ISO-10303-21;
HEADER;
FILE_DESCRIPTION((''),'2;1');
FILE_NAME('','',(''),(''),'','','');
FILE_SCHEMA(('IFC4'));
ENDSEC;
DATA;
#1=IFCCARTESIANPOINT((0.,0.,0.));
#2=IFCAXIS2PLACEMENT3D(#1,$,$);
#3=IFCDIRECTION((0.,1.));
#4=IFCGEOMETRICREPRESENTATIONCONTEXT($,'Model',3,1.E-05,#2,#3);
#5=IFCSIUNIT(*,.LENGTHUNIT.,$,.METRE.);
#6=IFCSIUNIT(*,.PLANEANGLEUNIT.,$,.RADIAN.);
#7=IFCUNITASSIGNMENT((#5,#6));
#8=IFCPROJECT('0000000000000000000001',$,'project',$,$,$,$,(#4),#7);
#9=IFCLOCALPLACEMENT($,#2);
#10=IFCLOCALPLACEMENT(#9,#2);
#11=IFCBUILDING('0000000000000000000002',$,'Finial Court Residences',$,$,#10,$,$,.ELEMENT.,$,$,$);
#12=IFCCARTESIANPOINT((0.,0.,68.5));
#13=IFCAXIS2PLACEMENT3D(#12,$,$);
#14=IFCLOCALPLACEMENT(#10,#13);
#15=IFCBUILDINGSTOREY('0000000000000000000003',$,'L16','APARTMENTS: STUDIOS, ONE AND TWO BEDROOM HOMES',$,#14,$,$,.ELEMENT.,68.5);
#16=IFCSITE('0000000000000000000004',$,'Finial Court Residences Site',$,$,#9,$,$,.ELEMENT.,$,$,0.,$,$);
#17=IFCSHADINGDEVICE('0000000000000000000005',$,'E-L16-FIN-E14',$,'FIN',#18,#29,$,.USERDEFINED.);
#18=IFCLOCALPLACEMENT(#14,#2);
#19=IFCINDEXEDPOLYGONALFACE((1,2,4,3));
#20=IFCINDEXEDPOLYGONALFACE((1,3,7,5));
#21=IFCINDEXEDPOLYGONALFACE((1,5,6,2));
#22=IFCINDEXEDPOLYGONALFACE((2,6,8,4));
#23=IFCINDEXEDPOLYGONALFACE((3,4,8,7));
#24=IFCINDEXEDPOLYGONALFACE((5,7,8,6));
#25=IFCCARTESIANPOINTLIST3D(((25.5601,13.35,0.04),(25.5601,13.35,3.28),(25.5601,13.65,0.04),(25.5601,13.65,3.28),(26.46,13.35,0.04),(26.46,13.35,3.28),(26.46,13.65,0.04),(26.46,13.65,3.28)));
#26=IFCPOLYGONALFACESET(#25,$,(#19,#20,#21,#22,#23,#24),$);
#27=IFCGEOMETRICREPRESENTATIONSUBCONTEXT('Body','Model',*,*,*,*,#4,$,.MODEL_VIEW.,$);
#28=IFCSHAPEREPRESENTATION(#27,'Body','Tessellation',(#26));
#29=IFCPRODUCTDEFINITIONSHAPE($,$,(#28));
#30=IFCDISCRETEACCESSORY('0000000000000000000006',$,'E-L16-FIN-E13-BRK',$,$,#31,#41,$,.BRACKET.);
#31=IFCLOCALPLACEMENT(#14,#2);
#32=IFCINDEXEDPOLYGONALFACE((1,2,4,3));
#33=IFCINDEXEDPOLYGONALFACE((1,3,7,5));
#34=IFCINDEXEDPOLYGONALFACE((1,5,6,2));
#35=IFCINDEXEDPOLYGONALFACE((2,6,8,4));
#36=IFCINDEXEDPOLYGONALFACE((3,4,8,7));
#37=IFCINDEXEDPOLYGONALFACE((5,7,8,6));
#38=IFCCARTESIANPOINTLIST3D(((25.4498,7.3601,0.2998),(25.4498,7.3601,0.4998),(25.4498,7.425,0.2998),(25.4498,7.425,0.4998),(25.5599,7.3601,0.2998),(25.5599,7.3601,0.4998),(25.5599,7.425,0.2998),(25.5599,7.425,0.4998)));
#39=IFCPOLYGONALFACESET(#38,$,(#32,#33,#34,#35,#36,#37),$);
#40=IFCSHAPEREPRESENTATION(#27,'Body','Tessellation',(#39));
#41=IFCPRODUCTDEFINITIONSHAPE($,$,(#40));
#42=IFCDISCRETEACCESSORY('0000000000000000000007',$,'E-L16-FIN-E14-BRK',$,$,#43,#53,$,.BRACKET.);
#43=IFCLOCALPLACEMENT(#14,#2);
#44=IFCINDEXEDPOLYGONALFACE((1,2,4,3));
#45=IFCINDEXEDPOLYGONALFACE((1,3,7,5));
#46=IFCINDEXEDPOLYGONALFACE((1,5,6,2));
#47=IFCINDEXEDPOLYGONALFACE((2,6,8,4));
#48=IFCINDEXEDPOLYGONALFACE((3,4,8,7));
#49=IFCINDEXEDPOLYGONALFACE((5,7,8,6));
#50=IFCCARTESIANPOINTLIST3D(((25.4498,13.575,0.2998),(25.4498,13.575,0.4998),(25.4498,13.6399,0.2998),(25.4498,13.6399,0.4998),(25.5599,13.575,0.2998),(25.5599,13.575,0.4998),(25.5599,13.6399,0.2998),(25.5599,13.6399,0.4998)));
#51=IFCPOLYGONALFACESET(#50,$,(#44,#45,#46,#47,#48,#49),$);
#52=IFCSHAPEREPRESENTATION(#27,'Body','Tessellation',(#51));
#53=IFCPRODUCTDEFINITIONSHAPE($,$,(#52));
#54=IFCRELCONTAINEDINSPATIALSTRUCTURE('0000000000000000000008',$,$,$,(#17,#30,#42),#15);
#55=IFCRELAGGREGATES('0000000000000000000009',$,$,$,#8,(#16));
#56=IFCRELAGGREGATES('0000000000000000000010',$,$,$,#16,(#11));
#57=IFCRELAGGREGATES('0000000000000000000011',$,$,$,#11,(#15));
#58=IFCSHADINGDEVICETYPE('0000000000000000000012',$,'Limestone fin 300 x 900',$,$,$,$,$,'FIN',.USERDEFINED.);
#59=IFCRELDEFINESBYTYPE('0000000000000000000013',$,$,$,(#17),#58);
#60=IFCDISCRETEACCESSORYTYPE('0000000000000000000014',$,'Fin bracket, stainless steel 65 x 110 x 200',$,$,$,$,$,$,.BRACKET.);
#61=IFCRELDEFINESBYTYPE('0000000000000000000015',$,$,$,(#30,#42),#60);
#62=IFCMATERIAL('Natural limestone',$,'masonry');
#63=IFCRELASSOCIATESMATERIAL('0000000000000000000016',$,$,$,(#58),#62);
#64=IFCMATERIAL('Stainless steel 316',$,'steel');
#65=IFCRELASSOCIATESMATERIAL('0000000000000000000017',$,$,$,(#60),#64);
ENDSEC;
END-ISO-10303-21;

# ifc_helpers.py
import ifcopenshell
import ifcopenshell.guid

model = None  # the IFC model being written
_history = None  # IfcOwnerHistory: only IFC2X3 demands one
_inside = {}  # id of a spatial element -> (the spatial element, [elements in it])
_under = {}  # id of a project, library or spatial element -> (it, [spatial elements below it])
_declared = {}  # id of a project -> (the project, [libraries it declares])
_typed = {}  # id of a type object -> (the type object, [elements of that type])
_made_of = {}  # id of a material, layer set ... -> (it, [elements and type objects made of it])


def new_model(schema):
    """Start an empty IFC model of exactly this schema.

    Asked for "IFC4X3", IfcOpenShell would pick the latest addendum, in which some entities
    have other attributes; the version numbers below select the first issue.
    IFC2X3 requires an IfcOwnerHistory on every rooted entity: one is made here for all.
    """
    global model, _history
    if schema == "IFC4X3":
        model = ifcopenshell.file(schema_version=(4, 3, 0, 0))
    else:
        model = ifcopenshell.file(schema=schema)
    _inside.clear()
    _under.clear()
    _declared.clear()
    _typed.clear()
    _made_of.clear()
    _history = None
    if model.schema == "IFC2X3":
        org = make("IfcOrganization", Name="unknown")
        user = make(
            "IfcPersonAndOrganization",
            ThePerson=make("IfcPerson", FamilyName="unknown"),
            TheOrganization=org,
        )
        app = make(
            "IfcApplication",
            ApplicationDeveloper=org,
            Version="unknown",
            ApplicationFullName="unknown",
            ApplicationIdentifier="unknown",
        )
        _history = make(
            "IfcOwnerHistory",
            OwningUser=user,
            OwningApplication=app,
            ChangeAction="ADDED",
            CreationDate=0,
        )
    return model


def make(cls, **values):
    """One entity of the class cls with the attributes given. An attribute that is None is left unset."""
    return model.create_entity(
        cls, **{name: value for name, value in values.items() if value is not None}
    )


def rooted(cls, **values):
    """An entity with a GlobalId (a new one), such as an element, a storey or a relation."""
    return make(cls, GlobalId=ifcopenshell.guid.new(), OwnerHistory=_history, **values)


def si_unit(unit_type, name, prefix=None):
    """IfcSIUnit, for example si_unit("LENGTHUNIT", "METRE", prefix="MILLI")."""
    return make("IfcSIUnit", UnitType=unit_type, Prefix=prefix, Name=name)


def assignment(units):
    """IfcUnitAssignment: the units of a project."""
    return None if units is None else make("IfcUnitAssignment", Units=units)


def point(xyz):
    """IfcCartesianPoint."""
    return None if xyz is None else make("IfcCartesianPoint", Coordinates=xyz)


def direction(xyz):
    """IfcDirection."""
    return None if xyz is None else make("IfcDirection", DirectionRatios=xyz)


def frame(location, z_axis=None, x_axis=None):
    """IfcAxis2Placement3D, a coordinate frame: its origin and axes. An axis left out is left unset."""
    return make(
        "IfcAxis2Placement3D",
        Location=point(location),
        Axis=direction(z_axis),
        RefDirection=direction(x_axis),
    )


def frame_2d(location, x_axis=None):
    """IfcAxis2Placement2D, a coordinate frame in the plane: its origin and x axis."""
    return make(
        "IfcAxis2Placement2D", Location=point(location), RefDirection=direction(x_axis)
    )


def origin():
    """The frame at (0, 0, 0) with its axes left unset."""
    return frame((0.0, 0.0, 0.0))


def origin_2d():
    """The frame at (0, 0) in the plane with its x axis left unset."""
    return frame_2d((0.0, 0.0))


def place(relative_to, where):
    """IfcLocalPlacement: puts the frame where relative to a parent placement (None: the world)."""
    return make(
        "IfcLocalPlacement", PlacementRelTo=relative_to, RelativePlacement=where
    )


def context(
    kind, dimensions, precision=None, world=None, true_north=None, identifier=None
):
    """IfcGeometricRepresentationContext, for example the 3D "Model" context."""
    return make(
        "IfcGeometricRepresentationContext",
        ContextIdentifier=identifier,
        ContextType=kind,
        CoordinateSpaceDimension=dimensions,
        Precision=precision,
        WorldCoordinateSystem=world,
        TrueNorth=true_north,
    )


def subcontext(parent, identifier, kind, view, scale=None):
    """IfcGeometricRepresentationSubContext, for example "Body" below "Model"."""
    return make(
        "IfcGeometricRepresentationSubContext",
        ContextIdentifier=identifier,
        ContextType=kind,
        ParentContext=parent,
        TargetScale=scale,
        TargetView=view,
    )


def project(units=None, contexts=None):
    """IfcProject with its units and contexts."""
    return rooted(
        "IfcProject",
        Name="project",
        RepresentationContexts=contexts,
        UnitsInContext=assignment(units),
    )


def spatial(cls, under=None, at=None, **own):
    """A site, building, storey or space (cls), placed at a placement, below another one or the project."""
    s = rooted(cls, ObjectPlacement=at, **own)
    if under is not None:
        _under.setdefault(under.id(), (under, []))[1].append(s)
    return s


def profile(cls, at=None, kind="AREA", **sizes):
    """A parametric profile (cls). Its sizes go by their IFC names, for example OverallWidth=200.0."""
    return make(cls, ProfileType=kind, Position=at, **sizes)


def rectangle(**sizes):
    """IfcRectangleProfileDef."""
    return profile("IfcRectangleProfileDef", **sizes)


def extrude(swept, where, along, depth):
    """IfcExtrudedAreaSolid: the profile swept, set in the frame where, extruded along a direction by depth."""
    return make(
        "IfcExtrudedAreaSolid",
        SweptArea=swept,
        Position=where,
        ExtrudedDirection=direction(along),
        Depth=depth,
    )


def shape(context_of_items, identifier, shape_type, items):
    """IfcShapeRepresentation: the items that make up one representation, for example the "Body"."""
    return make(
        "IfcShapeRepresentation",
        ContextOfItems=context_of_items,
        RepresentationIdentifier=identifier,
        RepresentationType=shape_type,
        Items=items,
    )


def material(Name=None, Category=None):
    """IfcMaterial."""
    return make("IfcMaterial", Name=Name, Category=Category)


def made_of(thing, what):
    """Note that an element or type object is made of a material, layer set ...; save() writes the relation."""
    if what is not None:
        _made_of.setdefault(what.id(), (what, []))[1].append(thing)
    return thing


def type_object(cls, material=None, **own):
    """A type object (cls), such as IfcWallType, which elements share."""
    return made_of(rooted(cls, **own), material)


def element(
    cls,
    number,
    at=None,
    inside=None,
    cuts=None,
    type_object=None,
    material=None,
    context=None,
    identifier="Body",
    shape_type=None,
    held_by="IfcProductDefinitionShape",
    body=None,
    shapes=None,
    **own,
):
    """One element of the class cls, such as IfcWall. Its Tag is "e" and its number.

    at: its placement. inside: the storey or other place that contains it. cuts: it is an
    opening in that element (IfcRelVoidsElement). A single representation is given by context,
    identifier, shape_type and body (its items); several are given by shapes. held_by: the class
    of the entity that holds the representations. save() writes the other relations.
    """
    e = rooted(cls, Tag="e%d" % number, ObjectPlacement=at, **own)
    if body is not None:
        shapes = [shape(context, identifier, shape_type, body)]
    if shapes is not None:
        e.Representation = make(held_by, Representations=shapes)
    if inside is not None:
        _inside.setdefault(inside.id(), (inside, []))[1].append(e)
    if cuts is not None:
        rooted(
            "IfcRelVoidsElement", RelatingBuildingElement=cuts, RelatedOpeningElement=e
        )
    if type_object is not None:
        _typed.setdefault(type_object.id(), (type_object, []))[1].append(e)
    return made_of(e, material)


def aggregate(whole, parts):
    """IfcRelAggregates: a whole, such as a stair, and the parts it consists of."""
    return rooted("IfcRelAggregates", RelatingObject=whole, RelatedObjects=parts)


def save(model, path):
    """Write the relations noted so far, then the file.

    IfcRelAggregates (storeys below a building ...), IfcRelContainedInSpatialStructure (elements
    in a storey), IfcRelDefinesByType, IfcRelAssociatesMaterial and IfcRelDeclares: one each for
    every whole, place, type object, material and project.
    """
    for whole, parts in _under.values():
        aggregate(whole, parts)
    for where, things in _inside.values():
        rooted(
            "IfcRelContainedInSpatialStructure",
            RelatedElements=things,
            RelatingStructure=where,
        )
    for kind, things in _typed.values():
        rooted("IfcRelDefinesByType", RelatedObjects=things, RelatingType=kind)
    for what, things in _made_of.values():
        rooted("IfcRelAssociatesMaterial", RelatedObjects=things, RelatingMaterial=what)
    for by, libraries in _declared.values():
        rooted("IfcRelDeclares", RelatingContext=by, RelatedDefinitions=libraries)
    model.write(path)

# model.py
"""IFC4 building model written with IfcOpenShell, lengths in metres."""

from ifc_helpers import new_model, si_unit, direction, frame, origin, origin_2d, place, context, subcontext, project, spatial, rectangle, extrude, material, type_object, element, save


model = new_model("IFC4")

# Units and contexts
model_context = context("Model", 3, precision=1e-05, world=origin(), true_north=direction((0.0, 1.0)))
body_context = subcontext(model_context, "Body", "Model", "MODEL_VIEW")
ifc_project = project(units=[si_unit("LENGTHUNIT", "METRE"), si_unit("PLANEANGLEUNIT", "RADIAN")], contexts=[model_context])

# Site, building, storey
site_placement = place(None, origin())
site = spatial("IfcSite", under=ifc_project, at=site_placement, Name="Finial Court Residences Site", CompositionType="ELEMENT", RefElevation=0.0)
building_placement = place(site_placement, origin())
building = spatial("IfcBuilding", under=site, at=building_placement, Name="Finial Court Residences", CompositionType="ELEMENT")
storey_placement = place(building_placement, frame((0.0, 0.0, 68.5)))
storey = spatial("IfcBuildingStorey", under=building, at=storey_placement, Name="L16", Description="APARTMENTS: STUDIOS, ONE AND TWO BEDROOM HOMES", CompositionType="ELEMENT", Elevation=68.5)

# Shared definitions
ifc_material_1 = material(Name="Natural limestone", Category="masonry")

# Shading device
shading_device_type = type_object("IfcShadingDeviceType", Name="Limestone fin 300 x 900", ElementType="FIN", PredefinedType="USERDEFINED", material=ifc_material_1)
shading_device_1_placement = place(storey_placement, frame((26.01, 13.5, 0.04), z_axis=(0.0, 0.0, 1.0), x_axis=(1.0, 0.0, 0.0)))
element("IfcShadingDevice", 1, at=shading_device_1_placement, inside=storey, type_object=shading_device_type, Name="E-L16-FIN-E14", ObjectType="FIN", PredefinedType="USERDEFINED", context=body_context, shape_type="SweptSolid", body=[
    extrude(rectangle(XDim=0.8999, YDim=0.3, at=origin_2d()), origin(), (0.0, 0.0, 1.0), 3.24),
])

# Discrete accessories
ifc_material_2 = material(Name="Stainless steel 316", Category="steel")
discrete_accessory_type = type_object("IfcDiscreteAccessoryType", Name="Fin bracket, stainless steel 65 x 110 x 200", PredefinedType="BRACKET", material=ifc_material_2)
for number, where, z_axis, x_axis, name in (
    (2, (25.5049, 7.3926, 0.2998), (0.0, 0.0, 1.0), (1.0, 0.0, 0.0), "E-L16-FIN-E13-BRK"),
    (3, (25.5049, 13.6074, 0.2998), (0.0, 0.0, 1.0), (1.0, 0.0, 0.0), "E-L16-FIN-E14-BRK"),
):
    element("IfcDiscreteAccessory", number, at=place(storey_placement, frame(where, z_axis=z_axis, x_axis=x_axis)), inside=storey, type_object=discrete_accessory_type, Name=name, PredefinedType="BRACKET", context=body_context, shape_type="SweptSolid", body=[
        extrude(rectangle(XDim=0.1101, YDim=0.0649, at=origin_2d()), origin(), (0.0, 0.0, 1.0), 0.2),
    ])

save(model, "model.ifc")
